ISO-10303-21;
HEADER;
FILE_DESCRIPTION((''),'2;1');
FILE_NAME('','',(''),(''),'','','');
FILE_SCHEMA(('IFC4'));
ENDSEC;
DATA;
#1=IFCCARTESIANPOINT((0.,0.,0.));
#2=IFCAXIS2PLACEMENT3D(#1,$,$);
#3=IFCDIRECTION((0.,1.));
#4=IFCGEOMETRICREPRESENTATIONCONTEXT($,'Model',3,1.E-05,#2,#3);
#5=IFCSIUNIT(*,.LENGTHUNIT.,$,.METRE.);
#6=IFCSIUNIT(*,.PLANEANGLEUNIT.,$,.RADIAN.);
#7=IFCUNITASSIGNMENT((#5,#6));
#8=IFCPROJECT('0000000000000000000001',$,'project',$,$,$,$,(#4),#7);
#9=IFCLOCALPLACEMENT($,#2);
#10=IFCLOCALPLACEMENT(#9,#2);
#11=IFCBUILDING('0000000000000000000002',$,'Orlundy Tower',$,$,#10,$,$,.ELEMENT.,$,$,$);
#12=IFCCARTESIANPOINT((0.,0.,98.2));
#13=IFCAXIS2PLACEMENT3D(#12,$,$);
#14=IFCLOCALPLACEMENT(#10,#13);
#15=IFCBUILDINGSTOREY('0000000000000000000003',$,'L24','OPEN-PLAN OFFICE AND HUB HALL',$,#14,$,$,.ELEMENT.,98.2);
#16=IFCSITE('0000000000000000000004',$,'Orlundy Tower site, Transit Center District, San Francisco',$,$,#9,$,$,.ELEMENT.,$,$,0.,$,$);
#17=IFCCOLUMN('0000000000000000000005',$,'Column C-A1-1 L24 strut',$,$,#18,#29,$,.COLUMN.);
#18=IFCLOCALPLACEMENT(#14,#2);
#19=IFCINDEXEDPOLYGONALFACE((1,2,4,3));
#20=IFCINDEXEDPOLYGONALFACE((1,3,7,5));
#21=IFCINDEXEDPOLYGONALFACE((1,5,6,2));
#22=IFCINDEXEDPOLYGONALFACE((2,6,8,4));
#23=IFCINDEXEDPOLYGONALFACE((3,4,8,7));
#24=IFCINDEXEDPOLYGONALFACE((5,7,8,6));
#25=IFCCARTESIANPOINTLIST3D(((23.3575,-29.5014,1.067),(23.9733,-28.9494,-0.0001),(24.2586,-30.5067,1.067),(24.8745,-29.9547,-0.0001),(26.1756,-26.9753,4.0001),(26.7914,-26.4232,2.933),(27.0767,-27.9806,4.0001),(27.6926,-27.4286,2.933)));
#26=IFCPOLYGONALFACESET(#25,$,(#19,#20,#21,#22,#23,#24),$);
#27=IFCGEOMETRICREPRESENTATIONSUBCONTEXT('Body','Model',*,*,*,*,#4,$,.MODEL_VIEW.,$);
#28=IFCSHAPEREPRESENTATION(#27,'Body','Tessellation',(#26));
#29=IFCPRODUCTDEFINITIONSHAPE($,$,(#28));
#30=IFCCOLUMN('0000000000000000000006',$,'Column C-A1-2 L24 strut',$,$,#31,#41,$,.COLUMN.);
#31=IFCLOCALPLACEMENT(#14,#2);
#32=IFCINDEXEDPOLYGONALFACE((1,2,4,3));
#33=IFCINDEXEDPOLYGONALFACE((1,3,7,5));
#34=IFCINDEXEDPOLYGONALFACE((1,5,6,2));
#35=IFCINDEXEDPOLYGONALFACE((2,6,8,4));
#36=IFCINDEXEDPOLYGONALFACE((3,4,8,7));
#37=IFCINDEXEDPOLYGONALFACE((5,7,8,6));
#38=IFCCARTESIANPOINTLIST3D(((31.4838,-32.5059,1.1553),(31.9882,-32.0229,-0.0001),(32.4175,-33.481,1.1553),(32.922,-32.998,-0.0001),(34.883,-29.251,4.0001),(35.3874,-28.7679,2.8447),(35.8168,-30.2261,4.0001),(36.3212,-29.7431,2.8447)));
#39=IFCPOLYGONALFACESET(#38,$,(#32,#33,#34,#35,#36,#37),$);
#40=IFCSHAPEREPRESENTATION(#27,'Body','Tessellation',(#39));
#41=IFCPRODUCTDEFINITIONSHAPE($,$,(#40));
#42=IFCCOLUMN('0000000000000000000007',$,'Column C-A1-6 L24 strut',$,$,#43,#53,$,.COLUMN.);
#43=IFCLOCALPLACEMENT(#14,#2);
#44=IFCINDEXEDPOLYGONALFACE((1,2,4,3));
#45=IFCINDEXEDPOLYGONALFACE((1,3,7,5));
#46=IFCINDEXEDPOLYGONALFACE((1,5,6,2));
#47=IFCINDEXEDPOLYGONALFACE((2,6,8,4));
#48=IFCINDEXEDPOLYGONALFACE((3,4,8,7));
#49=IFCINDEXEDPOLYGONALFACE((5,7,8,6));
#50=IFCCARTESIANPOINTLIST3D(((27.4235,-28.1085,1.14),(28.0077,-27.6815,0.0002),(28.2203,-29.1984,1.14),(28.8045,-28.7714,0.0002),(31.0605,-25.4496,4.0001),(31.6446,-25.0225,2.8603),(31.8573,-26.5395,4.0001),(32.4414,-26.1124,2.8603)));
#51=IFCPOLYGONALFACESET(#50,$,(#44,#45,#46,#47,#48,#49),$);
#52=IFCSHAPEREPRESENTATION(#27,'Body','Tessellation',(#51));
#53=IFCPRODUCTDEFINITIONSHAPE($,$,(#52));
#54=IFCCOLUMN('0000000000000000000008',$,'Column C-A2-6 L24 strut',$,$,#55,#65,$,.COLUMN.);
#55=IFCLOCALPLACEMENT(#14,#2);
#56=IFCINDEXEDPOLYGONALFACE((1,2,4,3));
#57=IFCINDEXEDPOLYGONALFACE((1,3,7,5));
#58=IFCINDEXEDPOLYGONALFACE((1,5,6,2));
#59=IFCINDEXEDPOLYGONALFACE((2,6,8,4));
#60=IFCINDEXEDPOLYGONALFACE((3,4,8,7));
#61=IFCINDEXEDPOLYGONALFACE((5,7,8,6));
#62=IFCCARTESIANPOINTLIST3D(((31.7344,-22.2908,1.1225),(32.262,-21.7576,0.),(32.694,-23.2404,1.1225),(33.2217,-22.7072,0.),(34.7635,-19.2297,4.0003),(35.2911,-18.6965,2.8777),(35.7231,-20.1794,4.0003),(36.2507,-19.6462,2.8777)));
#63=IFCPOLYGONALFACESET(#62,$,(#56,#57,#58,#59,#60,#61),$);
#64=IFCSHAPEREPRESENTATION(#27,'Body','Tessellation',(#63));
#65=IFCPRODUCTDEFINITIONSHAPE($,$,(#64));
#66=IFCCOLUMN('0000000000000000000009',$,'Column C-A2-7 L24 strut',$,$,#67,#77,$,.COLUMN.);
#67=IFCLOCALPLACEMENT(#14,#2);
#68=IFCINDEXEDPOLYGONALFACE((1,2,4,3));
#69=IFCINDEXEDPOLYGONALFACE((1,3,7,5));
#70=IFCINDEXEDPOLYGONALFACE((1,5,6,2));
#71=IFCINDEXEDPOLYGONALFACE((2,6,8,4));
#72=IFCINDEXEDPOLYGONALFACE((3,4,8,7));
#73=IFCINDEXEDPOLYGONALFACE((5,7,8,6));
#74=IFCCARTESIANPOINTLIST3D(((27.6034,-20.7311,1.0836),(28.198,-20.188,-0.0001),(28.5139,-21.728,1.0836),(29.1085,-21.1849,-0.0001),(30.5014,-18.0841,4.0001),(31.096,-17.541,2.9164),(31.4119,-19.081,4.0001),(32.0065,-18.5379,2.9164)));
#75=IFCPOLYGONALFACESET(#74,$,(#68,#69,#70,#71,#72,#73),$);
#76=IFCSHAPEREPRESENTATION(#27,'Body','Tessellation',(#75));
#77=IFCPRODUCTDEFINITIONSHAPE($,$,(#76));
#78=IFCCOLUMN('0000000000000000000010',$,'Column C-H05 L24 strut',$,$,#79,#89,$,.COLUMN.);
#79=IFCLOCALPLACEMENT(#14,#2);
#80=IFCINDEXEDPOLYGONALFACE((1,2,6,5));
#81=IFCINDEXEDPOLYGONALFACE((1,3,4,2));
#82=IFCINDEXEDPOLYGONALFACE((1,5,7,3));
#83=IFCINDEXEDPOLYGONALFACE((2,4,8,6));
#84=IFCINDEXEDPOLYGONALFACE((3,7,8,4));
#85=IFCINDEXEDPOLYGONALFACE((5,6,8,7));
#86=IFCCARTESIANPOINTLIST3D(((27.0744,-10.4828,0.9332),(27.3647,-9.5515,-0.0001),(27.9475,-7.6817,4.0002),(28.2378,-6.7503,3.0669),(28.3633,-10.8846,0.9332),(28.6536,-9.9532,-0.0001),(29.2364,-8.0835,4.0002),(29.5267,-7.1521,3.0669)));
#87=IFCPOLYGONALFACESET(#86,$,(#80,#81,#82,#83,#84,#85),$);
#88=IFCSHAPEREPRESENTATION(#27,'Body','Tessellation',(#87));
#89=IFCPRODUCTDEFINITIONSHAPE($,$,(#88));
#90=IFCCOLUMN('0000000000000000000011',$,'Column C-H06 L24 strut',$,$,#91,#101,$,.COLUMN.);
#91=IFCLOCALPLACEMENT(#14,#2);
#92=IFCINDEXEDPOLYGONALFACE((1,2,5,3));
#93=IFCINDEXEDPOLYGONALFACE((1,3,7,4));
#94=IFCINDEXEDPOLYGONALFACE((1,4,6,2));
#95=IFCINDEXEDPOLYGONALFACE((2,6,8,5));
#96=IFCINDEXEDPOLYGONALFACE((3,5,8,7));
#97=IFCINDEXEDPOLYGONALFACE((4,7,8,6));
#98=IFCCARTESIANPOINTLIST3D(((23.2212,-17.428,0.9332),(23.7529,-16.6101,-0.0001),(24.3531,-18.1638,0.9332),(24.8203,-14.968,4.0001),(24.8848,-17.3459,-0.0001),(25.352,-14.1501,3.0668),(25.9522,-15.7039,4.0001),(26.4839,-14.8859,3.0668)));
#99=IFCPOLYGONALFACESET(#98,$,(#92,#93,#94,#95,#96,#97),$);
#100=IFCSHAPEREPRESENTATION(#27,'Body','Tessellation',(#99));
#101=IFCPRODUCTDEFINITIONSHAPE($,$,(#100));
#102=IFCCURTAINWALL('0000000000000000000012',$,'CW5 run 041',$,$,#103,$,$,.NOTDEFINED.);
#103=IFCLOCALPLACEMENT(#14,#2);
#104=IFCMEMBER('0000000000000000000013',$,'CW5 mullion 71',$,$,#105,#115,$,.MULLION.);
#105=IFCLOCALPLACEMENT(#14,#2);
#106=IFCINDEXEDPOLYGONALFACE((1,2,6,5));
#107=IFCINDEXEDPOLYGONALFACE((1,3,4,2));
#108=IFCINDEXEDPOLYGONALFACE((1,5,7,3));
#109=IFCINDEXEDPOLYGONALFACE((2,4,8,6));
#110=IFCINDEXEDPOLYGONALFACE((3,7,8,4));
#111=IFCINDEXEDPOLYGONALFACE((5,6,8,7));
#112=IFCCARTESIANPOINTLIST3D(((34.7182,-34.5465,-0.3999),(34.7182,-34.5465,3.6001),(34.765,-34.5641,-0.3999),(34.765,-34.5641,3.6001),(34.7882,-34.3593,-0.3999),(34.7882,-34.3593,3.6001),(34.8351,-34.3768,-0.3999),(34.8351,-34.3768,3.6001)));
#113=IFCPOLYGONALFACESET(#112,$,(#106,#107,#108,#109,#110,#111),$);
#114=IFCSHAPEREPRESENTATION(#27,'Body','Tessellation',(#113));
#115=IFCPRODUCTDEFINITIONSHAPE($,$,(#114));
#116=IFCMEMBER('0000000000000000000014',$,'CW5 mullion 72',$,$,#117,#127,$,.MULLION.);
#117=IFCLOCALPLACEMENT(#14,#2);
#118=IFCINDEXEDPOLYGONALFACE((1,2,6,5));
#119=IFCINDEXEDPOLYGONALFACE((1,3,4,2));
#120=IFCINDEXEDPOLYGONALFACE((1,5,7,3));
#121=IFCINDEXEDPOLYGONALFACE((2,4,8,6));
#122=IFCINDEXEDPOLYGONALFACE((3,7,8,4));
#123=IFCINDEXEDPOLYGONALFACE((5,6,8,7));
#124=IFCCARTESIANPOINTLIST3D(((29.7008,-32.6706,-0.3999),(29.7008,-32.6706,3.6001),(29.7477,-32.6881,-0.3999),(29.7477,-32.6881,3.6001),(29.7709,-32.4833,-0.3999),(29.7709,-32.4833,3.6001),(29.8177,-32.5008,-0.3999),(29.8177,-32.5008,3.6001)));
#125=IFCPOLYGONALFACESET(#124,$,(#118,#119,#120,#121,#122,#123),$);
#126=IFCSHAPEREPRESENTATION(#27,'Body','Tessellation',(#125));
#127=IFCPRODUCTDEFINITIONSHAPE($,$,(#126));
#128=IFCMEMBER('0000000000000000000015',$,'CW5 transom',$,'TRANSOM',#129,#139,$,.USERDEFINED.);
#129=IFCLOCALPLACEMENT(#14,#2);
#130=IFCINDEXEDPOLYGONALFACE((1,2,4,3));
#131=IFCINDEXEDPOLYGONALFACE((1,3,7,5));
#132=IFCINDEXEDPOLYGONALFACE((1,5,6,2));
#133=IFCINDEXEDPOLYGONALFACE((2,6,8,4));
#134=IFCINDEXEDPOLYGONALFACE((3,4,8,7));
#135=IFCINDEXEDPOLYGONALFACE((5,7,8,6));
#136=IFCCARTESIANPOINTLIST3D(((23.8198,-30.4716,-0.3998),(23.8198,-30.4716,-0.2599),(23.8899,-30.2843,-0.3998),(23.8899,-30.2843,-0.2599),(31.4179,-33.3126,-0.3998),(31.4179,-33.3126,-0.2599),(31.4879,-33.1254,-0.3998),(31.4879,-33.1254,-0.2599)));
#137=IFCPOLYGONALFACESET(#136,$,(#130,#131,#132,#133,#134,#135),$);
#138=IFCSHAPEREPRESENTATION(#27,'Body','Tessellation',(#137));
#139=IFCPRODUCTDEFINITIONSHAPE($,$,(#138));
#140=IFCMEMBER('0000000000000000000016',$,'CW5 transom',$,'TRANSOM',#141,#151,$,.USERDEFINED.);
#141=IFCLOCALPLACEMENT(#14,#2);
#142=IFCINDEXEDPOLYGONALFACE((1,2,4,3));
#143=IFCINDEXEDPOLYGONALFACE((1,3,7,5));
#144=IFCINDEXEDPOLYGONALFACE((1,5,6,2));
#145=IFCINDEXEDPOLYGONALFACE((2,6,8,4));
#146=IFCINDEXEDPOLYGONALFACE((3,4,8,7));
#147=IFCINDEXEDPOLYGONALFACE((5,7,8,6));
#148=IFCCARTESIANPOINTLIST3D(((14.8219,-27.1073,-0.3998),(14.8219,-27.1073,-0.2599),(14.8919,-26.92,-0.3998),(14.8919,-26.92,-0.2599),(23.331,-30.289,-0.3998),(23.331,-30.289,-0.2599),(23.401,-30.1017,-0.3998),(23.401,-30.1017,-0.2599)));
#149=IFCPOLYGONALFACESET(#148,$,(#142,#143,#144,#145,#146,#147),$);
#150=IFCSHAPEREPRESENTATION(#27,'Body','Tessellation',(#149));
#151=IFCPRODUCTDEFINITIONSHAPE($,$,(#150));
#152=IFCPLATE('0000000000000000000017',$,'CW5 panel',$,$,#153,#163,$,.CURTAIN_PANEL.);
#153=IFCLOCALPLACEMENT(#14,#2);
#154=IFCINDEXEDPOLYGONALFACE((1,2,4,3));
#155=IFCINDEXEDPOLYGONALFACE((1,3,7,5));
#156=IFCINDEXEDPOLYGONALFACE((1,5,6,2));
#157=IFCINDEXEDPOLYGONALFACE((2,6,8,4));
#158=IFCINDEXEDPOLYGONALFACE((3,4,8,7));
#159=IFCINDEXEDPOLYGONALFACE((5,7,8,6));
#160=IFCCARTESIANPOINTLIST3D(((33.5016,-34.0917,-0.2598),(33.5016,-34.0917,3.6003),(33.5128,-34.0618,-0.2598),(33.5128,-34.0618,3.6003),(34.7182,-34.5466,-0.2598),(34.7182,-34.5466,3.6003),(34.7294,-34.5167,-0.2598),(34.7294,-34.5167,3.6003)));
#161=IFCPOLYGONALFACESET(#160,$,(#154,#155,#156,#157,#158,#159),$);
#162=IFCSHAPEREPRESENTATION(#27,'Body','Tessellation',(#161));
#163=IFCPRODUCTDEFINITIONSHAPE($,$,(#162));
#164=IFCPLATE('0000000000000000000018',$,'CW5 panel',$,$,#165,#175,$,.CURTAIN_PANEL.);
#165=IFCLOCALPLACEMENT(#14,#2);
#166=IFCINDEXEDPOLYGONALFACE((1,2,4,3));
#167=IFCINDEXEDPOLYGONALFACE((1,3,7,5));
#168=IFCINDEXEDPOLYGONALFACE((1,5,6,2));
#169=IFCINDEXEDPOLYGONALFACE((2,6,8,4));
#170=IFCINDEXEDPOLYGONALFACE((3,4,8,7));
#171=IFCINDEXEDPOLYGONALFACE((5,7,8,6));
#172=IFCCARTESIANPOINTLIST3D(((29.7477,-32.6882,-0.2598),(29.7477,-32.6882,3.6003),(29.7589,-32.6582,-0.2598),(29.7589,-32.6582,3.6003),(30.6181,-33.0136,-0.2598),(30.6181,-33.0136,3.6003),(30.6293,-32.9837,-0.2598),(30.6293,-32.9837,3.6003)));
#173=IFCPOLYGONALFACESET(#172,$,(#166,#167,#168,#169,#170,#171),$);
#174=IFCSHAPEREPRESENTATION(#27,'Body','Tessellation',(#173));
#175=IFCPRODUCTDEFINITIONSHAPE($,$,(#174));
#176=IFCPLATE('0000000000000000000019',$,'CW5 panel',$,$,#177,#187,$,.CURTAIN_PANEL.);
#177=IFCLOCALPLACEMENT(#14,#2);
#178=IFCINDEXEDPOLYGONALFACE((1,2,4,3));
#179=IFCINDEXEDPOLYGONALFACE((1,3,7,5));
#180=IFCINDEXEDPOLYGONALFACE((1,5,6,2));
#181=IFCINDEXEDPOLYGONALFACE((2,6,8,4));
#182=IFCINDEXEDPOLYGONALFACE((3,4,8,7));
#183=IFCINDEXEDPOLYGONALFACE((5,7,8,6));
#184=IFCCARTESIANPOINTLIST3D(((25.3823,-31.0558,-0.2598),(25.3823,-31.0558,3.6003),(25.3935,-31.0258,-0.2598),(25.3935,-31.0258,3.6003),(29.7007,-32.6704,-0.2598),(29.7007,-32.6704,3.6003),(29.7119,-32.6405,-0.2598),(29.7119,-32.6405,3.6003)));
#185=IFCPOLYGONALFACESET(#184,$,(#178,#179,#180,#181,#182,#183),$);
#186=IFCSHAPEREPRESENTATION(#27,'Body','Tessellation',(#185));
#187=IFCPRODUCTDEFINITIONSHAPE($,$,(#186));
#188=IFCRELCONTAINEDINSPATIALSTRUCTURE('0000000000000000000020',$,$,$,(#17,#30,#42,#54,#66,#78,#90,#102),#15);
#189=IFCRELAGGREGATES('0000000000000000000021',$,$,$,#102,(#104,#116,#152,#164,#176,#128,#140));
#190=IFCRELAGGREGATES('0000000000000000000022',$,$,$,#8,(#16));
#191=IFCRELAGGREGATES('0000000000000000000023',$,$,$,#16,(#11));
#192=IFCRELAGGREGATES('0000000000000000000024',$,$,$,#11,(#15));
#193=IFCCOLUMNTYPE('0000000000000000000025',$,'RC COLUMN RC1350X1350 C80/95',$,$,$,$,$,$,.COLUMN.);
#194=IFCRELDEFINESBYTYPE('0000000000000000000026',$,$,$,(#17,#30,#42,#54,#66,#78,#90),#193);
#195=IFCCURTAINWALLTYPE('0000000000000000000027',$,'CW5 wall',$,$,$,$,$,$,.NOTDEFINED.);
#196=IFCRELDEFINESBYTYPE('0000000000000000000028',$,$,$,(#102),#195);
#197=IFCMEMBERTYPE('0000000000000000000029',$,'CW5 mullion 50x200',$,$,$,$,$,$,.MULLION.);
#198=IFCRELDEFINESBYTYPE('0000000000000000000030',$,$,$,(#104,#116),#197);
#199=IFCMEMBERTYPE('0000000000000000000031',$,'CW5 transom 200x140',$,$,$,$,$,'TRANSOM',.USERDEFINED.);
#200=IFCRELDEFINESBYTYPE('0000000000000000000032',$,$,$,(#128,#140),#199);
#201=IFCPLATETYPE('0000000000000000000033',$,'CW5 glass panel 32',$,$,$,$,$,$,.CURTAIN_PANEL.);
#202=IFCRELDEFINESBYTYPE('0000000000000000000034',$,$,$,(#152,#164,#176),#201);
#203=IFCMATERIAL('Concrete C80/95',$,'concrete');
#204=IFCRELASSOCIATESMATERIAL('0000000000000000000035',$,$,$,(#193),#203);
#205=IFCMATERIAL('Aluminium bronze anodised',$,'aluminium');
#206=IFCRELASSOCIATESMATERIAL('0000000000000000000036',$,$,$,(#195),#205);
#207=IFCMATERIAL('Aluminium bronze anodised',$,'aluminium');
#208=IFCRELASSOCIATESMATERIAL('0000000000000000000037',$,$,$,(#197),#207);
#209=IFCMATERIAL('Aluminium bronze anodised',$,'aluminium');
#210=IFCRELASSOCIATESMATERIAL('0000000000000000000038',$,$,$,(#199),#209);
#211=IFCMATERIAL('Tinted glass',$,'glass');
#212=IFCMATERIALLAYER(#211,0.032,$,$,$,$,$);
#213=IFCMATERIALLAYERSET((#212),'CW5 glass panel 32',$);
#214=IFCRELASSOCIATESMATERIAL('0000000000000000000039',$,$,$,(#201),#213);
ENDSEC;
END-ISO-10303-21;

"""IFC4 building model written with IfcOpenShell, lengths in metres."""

from ifc_helpers import new_model, si_unit, direction, frame, origin, origin_2d, place, context, subcontext, project, spatial, rectangle, extrude, material, layer, layer_set, material_profile, profile_set, type_object, element, aggregate, save


model = new_model("IFC4")

# Units and contexts
model_context = context("Model", 3, precision=1e-05, world=origin(), true_north=direction((0.0, 1.0)))
body_context = subcontext(model_context, "Body", "Model", "MODEL_VIEW")
ifc_project = project(units=[si_unit("LENGTHUNIT", "METRE"), si_unit("PLANEANGLEUNIT", "RADIAN")], contexts=[model_context])

# Site, building, storey
site_placement = place(None, origin())
site = spatial("IfcSite", under=ifc_project, at=site_placement, Name="Orlundy Tower site, Transit Center District, San Francisco", CompositionType="ELEMENT", RefElevation=0.0)
building_placement = place(site_placement, origin())
building = spatial("IfcBuilding", under=site, at=building_placement, Name="Orlundy Tower", CompositionType="ELEMENT")
storey_placement = place(building_placement, frame((0.0, 0.0, 98.2)))
storey = spatial("IfcBuildingStorey", under=building, at=storey_placement, Name="L24", Description="OPEN-PLAN OFFICE AND HUB HALL", CompositionType="ELEMENT", Elevation=98.2)

# Columns
ifc_material_1 = material(Name="Concrete C80/95", Category="concrete")
ifc_material_profile_1 = material_profile(ifc_material_1, rectangle(XDim=1.3501, YDim=1.3501, at=origin_2d()), Name="RC1350X1350")
ifc_profile_set_1 = profile_set([ifc_material_profile_1], Name="Concrete C80/95")
column_type = type_object("IfcColumnType", Name="RC COLUMN RC1350X1350 C80/95", PredefinedType="COLUMN", material=ifc_profile_set_1)
column_1_placement = place(storey_placement, frame((24.116, -29.728, 0.5334), z_axis=(0.588563, 0.52758, 0.612579), x_axis=(-0.667477, 0.74463, 0.0)))
element("IfcColumn", 1, at=column_1_placement, inside=storey, type_object=column_type, Name="Column C-A1-1 L24 strut", PredefinedType="COLUMN", context=body_context, shape_type="SweptSolid", body=[
    extrude(rectangle(XDim=1.3501, YDim=1.3501, at=origin_2d()), origin(), (0.0, 0.0, 1.0), 4.7881),
])
column_2_placement = place(storey_placement, frame((32.2029, -32.752, 0.5776), z_axis=(0.618122, 0.591884, 0.517299), x_axis=(-0.691611, 0.72227, 0.0)))
element("IfcColumn", 2, at=column_2_placement, inside=storey, type_object=column_type, Name="Column C-A1-2 L24 strut", PredefinedType="COLUMN", context=body_context, shape_type="SweptSolid", body=[
    extrude(rectangle(XDim=1.3501, YDim=1.3501, at=origin_2d()), origin(), (0.0, 0.0, 1.0), 5.4993),
])
column_3_placement = place(storey_placement, frame((28.114, -28.4399, 0.5701), z_axis=(0.681533, 0.49826, 0.535957), x_axis=(-0.590184, 0.807269, 0.0)))
element("IfcColumn", 3, at=column_3_placement, inside=storey, type_object=column_type, Name="Column C-A1-6 L24 strut", PredefinedType="COLUMN", context=body_context, shape_type="SweptSolid", body=[
    extrude(rectangle(XDim=1.3501, YDim=1.3501, at=origin_2d()), origin(), (0.0, 0.0, 1.0), 5.3364),
])
column_4_placement = place(storey_placement, frame((32.478, -22.499, 0.5613), z_axis=(0.584827, 0.591002, 0.555602), x_axis=(-0.71081, 0.703384, 0.0)))
element("IfcColumn", 4, at=column_4_placement, inside=storey, type_object=column_type, Name="Column C-A2-6 L24 strut", PredefinedType="COLUMN", context=body_context, shape_type="SweptSolid", body=[
    extrude(rectangle(XDim=1.3501, YDim=1.3501, at=origin_2d()), origin(), (0.0, 0.0, 1.0), 5.1794),
])
column_5_placement = place(storey_placement, frame((28.356, -20.958, 0.5417), z_axis=(0.592647, 0.541321, 0.596441), x_axis=(-0.674411, 0.738356, 0.0)))
element("IfcColumn", 5, at=column_5_placement, inside=storey, type_object=column_type, Name="Column C-A2-7 L24 strut", PredefinedType="COLUMN", context=body_context, shape_type="SweptSolid", body=[
    extrude(rectangle(XDim=1.3501, YDim=1.3501, at=origin_2d()), origin(), (0.0, 0.0, 1.0), 4.8899),
])
for number, where, z_axis, x_axis, name in (
    (6, (27.864, -10.218, 0.4666), (0.2057, 0.659955, 0.722597), (-0.9547, 0.297569, 0.0), "Column C-H05 L24 strut"),
    (7, (24.053, -17.387, 0.4666), (0.376765, 0.579586, 0.722584), (-0.838421, 0.545023, 0.0), "Column C-H06 L24 strut"),
):
    element("IfcColumn", number, at=place(storey_placement, frame(where, z_axis=z_axis, x_axis=x_axis)), inside=storey, type_object=column_type, Name=name, PredefinedType="COLUMN", context=body_context, shape_type="SweptSolid", body=[
        extrude(rectangle(XDim=1.3501, YDim=1.3501, at=origin_2d()), origin(), (0.0, 0.0, 1.0), 4.2444),
    ])

# Curtain wall, members, plates
ifc_material_2 = material(Name="Aluminium bronze anodised", Category="aluminium")
curtain_wall_type = type_object("IfcCurtainWallType", Name="CW5 wall", PredefinedType="NOTDEFINED", material=ifc_material_2)
curtain_wall_placement = place(storey_placement, origin())
curtain_wall = element("IfcCurtainWall", 8, at=curtain_wall_placement, inside=storey, type_object=curtain_wall_type, Name="CW5 run 041", PredefinedType="NOTDEFINED")
ifc_material_3 = material(Name="Aluminium bronze anodised", Category="aluminium")
ifc_material_profile_2 = material_profile(ifc_material_3, rectangle(XDim=0.2, YDim=0.05, at=origin_2d()), Name="CW5 mullion 50x200")
ifc_profile_set_2 = profile_set([ifc_material_profile_2], Name="Aluminium bronze anodised")
member_type_1 = type_object("IfcMemberType", Name="CW5 mullion 50x200", PredefinedType="MULLION", material=ifc_profile_set_2)
member_1_placement = place(storey_placement, frame((34.7766, -34.4617, -0.3999), z_axis=(0.0, 0.0, 1.0), x_axis=(-0.350219, -0.936668, 0.0)))
member_1 = element("IfcMember", 9, at=member_1_placement, type_object=member_type_1, Name="CW5 mullion 71", PredefinedType="MULLION", context=body_context, shape_type="SweptSolid", body=[
    extrude(rectangle(XDim=0.2, YDim=0.05, at=origin_2d()), origin(), (0.0, 0.0, 1.0), 4.0),
])
member_2_placement = place(storey_placement, frame((29.7593, -32.5857, -0.3999), z_axis=(0.0, 0.0, 1.0), x_axis=(-0.350219, -0.936668, 0.0)))
member_2 = element("IfcMember", 10, at=member_2_placement, type_object=member_type_1, Name="CW5 mullion 72", PredefinedType="MULLION", context=body_context, shape_type="SweptSolid", body=[
    extrude(rectangle(XDim=0.2, YDim=0.05, at=origin_2d()), origin(), (0.0, 0.0, 1.0), 4.0),
])
ifc_material_4 = material(Name="Aluminium bronze anodised", Category="aluminium")
ifc_material_profile_3 = material_profile(ifc_material_4, rectangle(XDim=0.2, YDim=0.1399, at=origin_2d()), Name="CW5 transom 200x140")
ifc_profile_set_3 = profile_set([ifc_material_profile_3], Name="Aluminium bronze anodised")
member_type_2 = type_object("IfcMemberType", Name="CW5 transom 200x140", ElementType="TRANSOM", PredefinedType="USERDEFINED", material=ifc_profile_set_3)
member_3_placement = place(storey_placement, frame((31.4529, -33.219, -0.3298), z_axis=(-0.936663, 0.350233, 0.0), x_axis=(-0.350233, -0.936663, 0.0)))
member_3 = element("IfcMember", 11, at=member_3_placement, type_object=member_type_2, Name="CW5 transom", ObjectType="TRANSOM", PredefinedType="USERDEFINED", context=body_context, shape_type="SweptSolid", body=[
    extrude(rectangle(XDim=0.2, YDim=0.1399, at=origin_2d()), origin(), (0.0, 0.0, 1.0), 8.1118),
])
member_4_placement = place(storey_placement, frame((23.366, -30.1953, -0.3298), z_axis=(-0.936663, 0.350231, 0.0), x_axis=(-0.350231, -0.936663, 0.0)))
member_4 = element("IfcMember", 12, at=member_4_placement, type_object=member_type_2, Name="CW5 transom", ObjectType="TRANSOM", PredefinedType="USERDEFINED", context=body_context, shape_type="SweptSolid", body=[
    extrude(rectangle(XDim=0.2, YDim=0.1399, at=origin_2d()), origin(), (0.0, 0.0, 1.0), 9.0845),
])
ifc_material_5 = material(Name="Tinted glass", Category="glass")
ifc_layer_1 = layer(ifc_material_5, 0.032)
ifc_layer_set_1 = layer_set([ifc_layer_1], Name="CW5 glass panel 32")
plate_type = type_object("IfcPlateType", Name="CW5 glass panel 32", PredefinedType="CURTAIN_PANEL", material=ifc_layer_set_1)
plate_1_placement = place(storey_placement, frame((34.1155, -34.3042, -0.2598), z_axis=(0.0, 0.0, 1.0), x_axis=(-0.936668, 0.350219, 0.0)))
plate_1 = element("IfcPlate", 13, at=plate_1_placement, type_object=plate_type, Name="CW5 panel", PredefinedType="CURTAIN_PANEL", context=body_context, shape_type="SweptSolid", body=[
    extrude(rectangle(XDim=1.2988, YDim=0.032, at=origin_2d()), origin(), (0.0, 0.0, 1.0), 3.8601),
])
plate_2_placement = place(storey_placement, frame((30.1885, -32.8359, -0.2598), z_axis=(0.0, 0.0, 1.0), x_axis=(-0.936668, 0.350219, 0.0)))
plate_2 = element("IfcPlate", 14, at=plate_2_placement, type_object=plate_type, Name="CW5 panel", PredefinedType="CURTAIN_PANEL", context=body_context, shape_type="SweptSolid", body=[
    extrude(rectangle(XDim=0.9292, YDim=0.032, at=origin_2d()), origin(), (0.0, 0.0, 1.0), 3.8601),
])
plate_3_placement = place(storey_placement, frame((27.5471, -31.8481, -0.2598), z_axis=(0.0, 0.0, 1.0), x_axis=(-0.936668, 0.350219, 0.0)))
plate_3 = element("IfcPlate", 15, at=plate_3_placement, type_object=plate_type, Name="CW5 panel", PredefinedType="CURTAIN_PANEL", context=body_context, shape_type="SweptSolid", body=[
    extrude(rectangle(XDim=4.6104, YDim=0.032, at=origin_2d()), origin(), (0.0, 0.0, 1.0), 3.8601),
])
aggregate(curtain_wall, [member_1, member_2, plate_1, plate_2, plate_3, member_3, member_4])

save(model, "model.ifc")
